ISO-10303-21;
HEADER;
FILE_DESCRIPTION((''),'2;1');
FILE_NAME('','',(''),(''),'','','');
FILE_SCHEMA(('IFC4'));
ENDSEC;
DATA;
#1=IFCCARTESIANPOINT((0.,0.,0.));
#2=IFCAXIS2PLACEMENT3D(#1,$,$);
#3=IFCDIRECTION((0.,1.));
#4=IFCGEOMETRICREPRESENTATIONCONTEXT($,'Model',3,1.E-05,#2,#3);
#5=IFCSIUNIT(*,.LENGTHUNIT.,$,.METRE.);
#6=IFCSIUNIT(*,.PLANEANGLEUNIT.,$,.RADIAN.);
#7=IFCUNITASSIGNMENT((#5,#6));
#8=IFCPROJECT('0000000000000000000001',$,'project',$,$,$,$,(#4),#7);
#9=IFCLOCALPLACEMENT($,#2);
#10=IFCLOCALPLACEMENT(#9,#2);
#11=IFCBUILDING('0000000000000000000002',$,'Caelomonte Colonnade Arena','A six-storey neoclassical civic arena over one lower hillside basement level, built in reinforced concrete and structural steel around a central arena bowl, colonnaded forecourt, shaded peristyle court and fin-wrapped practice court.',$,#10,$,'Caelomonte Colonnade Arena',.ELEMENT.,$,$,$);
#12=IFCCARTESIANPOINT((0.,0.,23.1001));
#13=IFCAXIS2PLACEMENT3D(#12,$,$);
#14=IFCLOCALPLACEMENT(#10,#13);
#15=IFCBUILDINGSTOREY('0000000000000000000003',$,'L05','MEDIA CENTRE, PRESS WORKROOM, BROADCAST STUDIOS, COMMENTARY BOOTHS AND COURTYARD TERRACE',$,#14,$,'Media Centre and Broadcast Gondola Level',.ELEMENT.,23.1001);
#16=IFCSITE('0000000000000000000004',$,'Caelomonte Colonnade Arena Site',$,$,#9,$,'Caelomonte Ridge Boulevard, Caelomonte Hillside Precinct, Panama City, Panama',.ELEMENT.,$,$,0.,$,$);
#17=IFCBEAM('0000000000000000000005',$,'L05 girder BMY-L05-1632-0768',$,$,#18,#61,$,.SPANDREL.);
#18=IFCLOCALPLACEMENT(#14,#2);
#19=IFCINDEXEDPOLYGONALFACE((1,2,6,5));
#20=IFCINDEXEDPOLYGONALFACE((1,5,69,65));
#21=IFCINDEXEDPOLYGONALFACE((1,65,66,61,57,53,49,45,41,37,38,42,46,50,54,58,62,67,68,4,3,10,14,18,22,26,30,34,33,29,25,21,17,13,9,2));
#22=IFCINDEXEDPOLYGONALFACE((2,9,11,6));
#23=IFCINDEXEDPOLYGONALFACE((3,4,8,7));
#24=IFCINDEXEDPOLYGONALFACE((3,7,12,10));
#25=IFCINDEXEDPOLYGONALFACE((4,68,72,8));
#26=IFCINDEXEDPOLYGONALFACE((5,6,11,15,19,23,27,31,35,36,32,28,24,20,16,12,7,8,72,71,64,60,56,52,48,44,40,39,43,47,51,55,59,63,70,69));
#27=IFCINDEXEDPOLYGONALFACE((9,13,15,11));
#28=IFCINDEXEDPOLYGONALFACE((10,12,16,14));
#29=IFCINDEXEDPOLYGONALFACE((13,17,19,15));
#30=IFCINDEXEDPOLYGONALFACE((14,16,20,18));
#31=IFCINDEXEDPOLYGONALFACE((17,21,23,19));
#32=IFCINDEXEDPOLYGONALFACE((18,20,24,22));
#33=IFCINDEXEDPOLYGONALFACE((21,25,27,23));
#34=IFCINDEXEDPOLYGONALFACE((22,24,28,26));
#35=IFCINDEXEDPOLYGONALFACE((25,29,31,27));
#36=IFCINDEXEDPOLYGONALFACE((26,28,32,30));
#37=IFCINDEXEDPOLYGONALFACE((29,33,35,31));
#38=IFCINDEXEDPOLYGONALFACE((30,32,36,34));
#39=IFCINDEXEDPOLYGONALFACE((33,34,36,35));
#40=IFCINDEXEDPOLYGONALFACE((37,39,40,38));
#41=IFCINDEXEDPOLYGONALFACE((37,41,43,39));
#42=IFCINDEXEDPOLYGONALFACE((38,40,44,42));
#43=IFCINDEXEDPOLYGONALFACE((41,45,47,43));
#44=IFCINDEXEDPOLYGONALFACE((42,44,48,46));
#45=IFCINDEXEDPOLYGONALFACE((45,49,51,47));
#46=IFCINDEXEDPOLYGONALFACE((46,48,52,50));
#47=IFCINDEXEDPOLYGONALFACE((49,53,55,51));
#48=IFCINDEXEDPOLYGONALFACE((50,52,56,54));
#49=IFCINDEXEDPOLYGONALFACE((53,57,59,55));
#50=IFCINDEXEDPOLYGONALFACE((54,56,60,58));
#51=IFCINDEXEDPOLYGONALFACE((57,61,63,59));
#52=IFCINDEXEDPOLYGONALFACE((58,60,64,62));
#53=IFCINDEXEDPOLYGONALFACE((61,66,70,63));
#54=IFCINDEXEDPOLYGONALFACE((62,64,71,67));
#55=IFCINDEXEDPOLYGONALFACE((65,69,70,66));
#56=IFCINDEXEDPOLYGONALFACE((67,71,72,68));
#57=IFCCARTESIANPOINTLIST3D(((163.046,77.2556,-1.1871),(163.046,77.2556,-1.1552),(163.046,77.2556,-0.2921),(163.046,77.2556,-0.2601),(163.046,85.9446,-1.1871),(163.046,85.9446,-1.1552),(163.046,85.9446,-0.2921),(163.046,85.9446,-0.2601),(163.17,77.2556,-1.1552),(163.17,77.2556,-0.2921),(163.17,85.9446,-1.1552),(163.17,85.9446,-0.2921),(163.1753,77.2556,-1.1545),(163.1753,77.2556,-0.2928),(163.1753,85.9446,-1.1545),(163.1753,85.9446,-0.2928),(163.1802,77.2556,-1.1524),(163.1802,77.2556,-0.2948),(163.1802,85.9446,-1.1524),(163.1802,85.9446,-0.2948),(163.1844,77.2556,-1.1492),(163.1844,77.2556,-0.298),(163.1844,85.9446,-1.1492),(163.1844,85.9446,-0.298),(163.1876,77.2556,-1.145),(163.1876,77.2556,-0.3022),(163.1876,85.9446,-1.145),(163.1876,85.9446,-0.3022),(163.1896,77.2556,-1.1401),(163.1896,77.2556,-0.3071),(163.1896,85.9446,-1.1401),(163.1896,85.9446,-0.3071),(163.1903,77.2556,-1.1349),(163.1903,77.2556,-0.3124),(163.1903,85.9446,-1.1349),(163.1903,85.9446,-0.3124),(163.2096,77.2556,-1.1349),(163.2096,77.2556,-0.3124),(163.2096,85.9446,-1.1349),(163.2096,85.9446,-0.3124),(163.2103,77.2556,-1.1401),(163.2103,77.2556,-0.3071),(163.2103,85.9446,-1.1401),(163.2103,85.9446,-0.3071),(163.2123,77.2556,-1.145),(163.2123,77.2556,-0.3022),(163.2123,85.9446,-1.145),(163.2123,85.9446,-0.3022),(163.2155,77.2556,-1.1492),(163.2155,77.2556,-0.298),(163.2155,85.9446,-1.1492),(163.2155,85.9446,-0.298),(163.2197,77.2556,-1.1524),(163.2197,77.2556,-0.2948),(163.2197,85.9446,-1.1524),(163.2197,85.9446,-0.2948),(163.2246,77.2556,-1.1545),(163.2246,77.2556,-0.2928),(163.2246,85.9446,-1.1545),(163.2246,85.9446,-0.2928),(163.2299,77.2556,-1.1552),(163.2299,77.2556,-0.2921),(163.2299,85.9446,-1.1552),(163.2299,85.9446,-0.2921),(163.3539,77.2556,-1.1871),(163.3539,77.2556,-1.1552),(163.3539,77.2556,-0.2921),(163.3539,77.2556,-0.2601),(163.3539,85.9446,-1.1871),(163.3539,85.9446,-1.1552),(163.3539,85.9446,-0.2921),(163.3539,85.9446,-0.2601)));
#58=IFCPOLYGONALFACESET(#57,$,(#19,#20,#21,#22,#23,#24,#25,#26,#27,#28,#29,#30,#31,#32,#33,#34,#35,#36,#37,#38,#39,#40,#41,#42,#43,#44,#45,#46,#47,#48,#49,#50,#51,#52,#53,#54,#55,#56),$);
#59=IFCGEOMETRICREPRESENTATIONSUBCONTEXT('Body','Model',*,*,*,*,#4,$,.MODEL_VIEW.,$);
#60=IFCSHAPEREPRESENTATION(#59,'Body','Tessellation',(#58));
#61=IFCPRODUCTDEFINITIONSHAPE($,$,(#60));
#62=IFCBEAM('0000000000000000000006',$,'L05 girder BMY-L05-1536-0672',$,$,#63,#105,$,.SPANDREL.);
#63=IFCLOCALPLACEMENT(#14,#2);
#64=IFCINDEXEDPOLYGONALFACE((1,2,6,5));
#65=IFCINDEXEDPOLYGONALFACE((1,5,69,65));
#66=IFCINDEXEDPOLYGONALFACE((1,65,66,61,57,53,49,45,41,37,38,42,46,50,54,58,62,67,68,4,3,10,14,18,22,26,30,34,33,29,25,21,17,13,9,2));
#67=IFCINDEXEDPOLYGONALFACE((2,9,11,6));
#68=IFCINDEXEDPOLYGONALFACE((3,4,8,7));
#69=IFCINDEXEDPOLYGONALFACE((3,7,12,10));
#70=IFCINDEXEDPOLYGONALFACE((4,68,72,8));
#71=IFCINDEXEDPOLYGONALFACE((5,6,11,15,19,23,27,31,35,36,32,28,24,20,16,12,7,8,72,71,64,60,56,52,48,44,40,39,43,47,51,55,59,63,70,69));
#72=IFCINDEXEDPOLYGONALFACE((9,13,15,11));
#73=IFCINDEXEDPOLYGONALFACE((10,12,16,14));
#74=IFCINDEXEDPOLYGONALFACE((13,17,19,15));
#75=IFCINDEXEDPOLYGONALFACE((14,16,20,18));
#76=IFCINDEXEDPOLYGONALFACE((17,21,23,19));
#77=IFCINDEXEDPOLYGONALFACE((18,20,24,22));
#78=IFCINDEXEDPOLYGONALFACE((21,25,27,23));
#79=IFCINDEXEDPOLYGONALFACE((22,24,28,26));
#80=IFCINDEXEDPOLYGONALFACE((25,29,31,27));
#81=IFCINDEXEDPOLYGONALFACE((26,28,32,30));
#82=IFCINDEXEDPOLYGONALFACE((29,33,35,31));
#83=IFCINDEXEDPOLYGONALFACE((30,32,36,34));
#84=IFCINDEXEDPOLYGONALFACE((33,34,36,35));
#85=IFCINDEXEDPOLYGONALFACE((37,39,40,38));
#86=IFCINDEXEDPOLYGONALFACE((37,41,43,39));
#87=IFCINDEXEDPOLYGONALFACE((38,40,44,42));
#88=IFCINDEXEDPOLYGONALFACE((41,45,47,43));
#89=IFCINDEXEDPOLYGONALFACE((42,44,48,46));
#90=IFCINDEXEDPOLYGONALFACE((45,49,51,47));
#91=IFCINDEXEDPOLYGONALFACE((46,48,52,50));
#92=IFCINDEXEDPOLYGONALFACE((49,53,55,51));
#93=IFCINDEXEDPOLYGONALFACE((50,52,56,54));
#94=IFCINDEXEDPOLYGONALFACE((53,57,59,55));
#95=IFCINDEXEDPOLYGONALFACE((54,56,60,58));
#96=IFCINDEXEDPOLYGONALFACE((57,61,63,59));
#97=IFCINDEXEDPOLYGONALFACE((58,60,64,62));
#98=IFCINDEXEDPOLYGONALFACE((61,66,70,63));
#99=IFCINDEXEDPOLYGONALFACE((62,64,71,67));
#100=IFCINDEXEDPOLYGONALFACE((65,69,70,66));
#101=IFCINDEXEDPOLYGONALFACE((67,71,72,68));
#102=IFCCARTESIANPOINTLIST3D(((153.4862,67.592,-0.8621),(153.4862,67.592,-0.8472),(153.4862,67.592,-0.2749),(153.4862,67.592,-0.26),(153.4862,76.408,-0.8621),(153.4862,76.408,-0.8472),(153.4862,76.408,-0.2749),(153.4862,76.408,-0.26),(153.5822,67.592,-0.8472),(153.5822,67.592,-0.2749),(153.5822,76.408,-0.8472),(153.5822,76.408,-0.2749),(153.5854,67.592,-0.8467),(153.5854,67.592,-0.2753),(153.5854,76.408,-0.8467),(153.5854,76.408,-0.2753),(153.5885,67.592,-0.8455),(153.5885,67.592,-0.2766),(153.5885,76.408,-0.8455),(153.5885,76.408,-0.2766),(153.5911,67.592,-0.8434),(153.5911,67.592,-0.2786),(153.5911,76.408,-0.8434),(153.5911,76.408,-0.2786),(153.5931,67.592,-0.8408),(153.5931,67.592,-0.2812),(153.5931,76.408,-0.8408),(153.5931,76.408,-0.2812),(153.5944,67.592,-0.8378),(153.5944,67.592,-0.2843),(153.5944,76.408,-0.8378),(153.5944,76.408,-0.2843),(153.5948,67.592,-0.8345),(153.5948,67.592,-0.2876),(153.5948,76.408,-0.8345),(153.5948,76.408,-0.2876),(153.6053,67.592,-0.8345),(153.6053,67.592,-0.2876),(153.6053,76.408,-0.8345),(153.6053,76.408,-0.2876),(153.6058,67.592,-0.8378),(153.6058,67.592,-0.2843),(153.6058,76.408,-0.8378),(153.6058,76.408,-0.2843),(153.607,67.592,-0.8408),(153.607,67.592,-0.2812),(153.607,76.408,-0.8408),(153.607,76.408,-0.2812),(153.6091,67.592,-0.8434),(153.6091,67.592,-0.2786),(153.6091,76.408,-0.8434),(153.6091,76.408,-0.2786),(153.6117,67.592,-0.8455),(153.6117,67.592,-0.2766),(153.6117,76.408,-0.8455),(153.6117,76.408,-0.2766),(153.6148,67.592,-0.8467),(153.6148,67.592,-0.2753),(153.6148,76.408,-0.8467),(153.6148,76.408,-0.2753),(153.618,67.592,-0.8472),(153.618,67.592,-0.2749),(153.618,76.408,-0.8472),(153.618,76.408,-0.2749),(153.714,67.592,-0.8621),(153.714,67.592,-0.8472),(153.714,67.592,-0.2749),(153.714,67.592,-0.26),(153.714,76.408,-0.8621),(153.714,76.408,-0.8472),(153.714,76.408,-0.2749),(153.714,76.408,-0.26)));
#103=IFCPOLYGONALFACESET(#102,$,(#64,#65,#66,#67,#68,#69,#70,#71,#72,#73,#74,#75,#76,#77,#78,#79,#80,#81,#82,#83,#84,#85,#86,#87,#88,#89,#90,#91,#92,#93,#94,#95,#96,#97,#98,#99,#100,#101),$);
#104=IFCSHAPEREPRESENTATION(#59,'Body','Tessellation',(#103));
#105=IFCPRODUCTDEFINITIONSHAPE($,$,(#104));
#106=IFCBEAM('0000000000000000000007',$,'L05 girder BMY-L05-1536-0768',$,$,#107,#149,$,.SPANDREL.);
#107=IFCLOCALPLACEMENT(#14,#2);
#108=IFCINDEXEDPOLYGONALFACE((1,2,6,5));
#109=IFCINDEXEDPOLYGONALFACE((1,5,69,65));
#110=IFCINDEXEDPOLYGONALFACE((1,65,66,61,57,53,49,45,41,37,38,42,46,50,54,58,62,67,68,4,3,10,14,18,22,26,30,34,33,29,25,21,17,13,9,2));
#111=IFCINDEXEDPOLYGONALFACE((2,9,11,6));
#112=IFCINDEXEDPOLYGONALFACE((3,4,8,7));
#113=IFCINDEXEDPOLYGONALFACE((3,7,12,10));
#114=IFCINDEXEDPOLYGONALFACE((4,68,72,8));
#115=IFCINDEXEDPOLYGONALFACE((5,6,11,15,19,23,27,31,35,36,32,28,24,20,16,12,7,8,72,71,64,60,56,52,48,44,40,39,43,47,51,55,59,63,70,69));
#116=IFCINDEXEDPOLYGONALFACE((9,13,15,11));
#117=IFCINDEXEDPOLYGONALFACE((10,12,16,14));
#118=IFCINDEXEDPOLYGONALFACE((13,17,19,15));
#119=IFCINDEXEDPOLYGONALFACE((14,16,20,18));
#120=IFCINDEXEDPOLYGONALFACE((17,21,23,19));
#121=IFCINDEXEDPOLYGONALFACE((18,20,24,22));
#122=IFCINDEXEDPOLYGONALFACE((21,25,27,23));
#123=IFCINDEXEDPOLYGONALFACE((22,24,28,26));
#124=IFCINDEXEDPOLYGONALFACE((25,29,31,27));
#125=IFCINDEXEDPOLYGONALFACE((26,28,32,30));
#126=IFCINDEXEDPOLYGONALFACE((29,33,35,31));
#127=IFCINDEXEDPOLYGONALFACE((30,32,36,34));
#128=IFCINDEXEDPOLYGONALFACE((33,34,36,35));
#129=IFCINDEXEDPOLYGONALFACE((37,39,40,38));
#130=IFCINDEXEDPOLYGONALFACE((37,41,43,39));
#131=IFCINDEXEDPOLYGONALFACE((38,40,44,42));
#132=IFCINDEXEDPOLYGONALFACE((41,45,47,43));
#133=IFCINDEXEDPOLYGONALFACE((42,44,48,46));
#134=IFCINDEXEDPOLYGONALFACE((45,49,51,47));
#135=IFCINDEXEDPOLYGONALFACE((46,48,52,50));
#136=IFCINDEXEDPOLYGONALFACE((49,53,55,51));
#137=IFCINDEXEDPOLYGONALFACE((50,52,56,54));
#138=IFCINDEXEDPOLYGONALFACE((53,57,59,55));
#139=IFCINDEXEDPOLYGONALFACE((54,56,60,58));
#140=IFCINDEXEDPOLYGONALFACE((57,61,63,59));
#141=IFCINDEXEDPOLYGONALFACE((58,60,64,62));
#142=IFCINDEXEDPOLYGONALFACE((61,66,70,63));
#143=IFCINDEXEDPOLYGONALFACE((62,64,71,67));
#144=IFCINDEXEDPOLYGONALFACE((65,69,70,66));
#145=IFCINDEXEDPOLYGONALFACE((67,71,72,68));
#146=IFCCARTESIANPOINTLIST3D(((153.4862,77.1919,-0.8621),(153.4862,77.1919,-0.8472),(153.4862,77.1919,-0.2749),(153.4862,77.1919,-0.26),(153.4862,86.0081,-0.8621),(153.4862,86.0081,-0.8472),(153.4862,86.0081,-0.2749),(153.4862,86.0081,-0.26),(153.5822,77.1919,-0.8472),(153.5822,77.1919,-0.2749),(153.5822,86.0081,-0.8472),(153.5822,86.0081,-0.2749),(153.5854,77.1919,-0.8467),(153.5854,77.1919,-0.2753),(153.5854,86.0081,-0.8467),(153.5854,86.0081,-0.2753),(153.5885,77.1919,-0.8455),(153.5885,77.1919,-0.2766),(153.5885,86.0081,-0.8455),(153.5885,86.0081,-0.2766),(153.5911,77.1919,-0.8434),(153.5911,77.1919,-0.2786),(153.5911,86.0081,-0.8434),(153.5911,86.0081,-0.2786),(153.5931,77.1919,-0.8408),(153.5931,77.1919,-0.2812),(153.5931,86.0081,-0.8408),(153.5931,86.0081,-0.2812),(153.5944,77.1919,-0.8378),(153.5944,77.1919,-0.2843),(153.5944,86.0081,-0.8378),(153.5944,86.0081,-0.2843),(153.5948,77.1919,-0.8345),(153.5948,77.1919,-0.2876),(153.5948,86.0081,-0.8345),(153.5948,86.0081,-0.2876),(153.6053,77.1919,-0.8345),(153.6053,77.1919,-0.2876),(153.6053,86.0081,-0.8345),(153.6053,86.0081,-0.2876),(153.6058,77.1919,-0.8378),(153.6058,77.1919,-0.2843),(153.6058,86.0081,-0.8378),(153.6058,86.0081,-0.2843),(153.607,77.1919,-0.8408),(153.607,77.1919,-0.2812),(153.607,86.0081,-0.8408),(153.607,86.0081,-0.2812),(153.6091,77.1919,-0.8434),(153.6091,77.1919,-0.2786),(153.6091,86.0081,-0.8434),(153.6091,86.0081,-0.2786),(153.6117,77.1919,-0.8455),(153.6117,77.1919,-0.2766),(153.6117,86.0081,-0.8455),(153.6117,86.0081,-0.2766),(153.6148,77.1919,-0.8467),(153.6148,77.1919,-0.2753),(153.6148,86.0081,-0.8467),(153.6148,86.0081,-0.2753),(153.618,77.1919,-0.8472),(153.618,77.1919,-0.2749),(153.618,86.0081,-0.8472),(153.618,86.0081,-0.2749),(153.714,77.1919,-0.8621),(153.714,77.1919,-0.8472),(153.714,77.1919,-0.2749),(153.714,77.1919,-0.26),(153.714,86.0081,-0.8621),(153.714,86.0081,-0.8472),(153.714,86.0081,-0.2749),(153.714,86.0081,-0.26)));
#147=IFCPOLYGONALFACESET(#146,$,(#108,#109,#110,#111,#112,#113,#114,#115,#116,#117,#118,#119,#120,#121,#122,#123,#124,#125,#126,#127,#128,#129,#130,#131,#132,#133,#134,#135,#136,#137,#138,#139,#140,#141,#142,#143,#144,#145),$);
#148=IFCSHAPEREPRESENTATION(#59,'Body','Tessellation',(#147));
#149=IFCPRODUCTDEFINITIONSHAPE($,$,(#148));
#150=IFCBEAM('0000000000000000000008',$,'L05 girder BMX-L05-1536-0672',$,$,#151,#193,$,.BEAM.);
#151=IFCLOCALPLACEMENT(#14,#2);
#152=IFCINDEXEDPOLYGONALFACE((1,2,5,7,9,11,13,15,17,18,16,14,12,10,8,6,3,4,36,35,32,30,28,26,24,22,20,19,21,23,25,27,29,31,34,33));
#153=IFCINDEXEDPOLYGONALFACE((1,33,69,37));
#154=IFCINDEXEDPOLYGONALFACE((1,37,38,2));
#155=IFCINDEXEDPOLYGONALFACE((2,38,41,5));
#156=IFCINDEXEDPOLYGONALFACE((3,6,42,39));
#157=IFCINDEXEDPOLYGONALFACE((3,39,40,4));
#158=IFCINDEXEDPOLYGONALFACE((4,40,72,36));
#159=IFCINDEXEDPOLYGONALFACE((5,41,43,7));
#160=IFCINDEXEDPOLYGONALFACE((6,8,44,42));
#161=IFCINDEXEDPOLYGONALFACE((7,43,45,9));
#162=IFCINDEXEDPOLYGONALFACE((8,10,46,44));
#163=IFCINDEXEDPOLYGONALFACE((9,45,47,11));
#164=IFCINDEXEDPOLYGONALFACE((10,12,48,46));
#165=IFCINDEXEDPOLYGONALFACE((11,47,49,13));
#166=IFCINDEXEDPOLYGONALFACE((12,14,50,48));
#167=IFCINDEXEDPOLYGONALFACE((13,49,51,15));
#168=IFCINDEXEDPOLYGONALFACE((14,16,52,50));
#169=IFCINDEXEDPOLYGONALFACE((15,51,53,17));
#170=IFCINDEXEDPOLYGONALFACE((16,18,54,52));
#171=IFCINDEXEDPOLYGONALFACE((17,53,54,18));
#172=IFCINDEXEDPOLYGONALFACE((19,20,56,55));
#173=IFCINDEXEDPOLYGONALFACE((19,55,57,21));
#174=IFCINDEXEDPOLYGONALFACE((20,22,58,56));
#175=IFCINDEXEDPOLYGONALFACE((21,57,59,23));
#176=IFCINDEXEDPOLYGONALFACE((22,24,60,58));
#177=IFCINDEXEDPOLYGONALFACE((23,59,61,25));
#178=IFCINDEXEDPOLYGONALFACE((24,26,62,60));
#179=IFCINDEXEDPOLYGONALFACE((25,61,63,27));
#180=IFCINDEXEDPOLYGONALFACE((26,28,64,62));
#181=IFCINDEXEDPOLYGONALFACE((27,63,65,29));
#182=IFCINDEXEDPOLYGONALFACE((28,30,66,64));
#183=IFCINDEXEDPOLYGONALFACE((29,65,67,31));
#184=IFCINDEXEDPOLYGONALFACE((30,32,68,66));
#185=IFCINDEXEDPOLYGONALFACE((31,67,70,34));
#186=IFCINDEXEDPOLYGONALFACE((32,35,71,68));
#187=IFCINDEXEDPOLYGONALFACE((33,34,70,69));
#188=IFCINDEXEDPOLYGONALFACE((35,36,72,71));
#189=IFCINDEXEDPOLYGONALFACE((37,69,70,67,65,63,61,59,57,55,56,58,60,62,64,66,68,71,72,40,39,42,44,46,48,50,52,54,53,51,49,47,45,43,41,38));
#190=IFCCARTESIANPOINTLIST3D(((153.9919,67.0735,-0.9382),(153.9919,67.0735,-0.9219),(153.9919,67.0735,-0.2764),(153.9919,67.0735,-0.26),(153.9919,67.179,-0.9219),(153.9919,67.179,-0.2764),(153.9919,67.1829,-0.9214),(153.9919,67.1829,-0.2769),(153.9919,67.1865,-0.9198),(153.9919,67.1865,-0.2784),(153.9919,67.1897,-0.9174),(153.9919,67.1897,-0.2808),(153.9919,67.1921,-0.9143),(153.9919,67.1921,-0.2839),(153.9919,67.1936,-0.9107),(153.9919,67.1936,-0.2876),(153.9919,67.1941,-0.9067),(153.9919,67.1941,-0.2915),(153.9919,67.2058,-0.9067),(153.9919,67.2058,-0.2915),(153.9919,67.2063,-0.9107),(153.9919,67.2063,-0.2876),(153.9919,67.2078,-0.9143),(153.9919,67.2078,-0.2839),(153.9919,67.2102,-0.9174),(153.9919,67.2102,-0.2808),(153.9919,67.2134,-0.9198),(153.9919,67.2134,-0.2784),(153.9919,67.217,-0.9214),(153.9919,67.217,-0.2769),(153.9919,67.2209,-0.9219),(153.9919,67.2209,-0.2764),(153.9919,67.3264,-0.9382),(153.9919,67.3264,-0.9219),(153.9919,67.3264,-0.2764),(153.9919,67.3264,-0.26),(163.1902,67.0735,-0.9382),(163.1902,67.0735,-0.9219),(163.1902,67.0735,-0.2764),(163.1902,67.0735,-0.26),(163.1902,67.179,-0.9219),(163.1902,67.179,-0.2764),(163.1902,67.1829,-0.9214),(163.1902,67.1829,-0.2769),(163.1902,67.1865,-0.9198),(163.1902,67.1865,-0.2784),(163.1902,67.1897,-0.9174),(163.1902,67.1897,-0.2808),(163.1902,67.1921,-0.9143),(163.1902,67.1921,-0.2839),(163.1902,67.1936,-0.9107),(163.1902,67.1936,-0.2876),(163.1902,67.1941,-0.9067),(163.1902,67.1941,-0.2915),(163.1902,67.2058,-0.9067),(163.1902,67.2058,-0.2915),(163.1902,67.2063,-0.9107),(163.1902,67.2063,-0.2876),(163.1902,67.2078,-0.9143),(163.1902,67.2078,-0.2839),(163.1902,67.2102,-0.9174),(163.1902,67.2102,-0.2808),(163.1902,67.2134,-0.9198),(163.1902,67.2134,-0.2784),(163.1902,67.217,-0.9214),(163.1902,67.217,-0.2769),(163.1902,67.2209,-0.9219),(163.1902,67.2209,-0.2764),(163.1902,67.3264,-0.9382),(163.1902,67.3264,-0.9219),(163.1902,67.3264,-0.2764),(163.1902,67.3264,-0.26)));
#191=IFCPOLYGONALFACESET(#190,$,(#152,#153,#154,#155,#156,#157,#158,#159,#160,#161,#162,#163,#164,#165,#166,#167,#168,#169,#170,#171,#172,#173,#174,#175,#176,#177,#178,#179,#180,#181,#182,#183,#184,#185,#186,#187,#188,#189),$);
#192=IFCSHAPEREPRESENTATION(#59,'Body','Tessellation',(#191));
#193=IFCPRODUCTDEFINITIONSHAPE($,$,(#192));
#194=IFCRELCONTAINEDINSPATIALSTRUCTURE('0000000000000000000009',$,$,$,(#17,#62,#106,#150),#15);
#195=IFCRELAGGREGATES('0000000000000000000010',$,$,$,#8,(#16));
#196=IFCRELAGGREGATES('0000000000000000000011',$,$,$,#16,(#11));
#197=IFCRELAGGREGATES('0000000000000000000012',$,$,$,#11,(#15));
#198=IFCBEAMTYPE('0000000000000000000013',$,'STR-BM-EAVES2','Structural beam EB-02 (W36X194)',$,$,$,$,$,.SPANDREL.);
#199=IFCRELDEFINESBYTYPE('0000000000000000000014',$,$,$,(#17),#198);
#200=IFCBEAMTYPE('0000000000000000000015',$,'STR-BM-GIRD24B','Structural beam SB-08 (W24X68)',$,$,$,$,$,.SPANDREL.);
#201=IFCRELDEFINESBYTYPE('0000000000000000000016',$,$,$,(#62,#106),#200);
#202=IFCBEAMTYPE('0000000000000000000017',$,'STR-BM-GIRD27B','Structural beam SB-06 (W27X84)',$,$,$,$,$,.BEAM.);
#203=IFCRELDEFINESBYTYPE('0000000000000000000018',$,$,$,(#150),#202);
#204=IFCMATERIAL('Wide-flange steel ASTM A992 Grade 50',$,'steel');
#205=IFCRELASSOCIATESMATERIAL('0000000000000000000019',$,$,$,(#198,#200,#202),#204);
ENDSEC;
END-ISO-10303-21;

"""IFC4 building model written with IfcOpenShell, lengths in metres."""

from ifc_helpers import new_model, si_unit, direction, frame, origin, origin_2d, place, context, subcontext, project, spatial, i_section, extrude, material, material_profile, profile_set, type_object, element, save


model = new_model("IFC4")

# Units and contexts
model_context = context("Model", 3, precision=1e-05, world=origin(), true_north=direction((0.0, 1.0)))
body_context = subcontext(model_context, "Body", "Model", "MODEL_VIEW")
ifc_project = project(units=[si_unit("LENGTHUNIT", "METRE"), si_unit("PLANEANGLEUNIT", "RADIAN")], contexts=[model_context])

# Site, building, storey
site_placement = place(None, origin())
site = spatial("IfcSite", under=ifc_project, at=site_placement, Name="Caelomonte Colonnade Arena Site", LongName="Caelomonte Ridge Boulevard, Caelomonte Hillside Precinct, Panama City, Panama", CompositionType="ELEMENT", RefElevation=0.0)
building_placement = place(site_placement, origin())
building = spatial("IfcBuilding", under=site, at=building_placement, Name="Caelomonte Colonnade Arena", Description="A six-storey neoclassical civic arena over one lower hillside basement level, built in reinforced concrete and structural steel around a central arena bowl, colonnaded forecourt, shaded peristyle court and fin-wrapped practice court.", LongName="Caelomonte Colonnade Arena", CompositionType="ELEMENT")
storey_placement = place(building_placement, frame((0.0, 0.0, 23.1001)))
storey = spatial("IfcBuildingStorey", under=building, at=storey_placement, Name="L05", Description="MEDIA CENTRE, PRESS WORKROOM, BROADCAST STUDIOS, COMMENTARY BOOTHS AND COURTYARD TERRACE", LongName="Media Centre and Broadcast Gondola Level", CompositionType="ELEMENT", Elevation=23.1001)

# Shared definitions
ifc_material_1 = material(Name="Wide-flange steel ASTM A992 Grade 50", Category="steel")

# Beams
ifc_material_profile_1 = material_profile(ifc_material_1, i_section(OverallWidth=0.3079, OverallDepth=0.927, WebThickness=0.0193, FlangeThickness=0.032, FilletRadius=0.0203, at=origin_2d()), Name="W36X194")
ifc_profile_set_1 = profile_set([ifc_material_profile_1], Name="Wide-flange steel ASTM A992 Grade 50")
beam_type_1 = type_object("IfcBeamType", Name="STR-BM-EAVES2", Description="Structural beam EB-02 (W36X194)", PredefinedType="SPANDREL", material=ifc_profile_set_1)
for number, where, z_axis, x_axis, name in (
    (1, (163.2, 77.2556, -0.7236), (0.0, 1.0, 0.0), (-1.0, 0.0, 0.0), "L05 girder BMY-L05-1632-0768"),
):
    element("IfcBeam", number, at=place(storey_placement, frame(where, z_axis=z_axis, x_axis=x_axis)), inside=storey, type_object=beam_type_1, Name=name, PredefinedType="SPANDREL", context=body_context, shape_type="SweptSolid", body=[
        extrude(i_section(OverallWidth=0.3079, OverallDepth=0.927, WebThickness=0.0193, FlangeThickness=0.032, FilletRadius=0.0203, at=origin_2d()), origin(), (0.0, 0.0, 1.0), 8.689),
    ])
ifc_material_profile_2 = material_profile(ifc_material_1, i_section(OverallWidth=0.2278, OverallDepth=0.6021, WebThickness=0.0105, FlangeThickness=0.0149, FilletRadius=0.0127, at=origin_2d()), Name="W24X68")
ifc_profile_set_2 = profile_set([ifc_material_profile_2], Name="Wide-flange steel ASTM A992 Grade 50")
beam_type_2 = type_object("IfcBeamType", Name="STR-BM-GIRD24B", Description="Structural beam SB-08 (W24X68)", PredefinedType="SPANDREL", material=ifc_profile_set_2)
beam_1_placement = place(storey_placement, frame((153.6001, 67.592, -0.561), z_axis=(0.0, 1.0, 0.0), x_axis=(-1.0, 0.0, 0.0)))
element("IfcBeam", 2, at=beam_1_placement, inside=storey, type_object=beam_type_2, Name="L05 girder BMY-L05-1536-0672", PredefinedType="SPANDREL", context=body_context, shape_type="SweptSolid", body=[
    extrude(i_section(OverallWidth=0.2278, OverallDepth=0.6021, WebThickness=0.0105, FlangeThickness=0.0149, FilletRadius=0.0127, at=origin_2d()), origin(), (0.0, 0.0, 1.0), 8.8159),
])
beam_2_placement = place(storey_placement, frame((153.6001, 77.1919, -0.561), z_axis=(0.0, 1.0, 0.0), x_axis=(-1.0, 0.0, 0.0)))
element("IfcBeam", 3, at=beam_2_placement, inside=storey, type_object=beam_type_2, Name="L05 girder BMY-L05-1536-0768", PredefinedType="SPANDREL", context=body_context, shape_type="SweptSolid", body=[
    extrude(i_section(OverallWidth=0.2278, OverallDepth=0.6021, WebThickness=0.0105, FlangeThickness=0.0149, FilletRadius=0.0127, at=origin_2d()), origin(), (0.0, 0.0, 1.0), 8.8162),
])
ifc_material_profile_3 = material_profile(ifc_material_1, i_section(OverallWidth=0.2529, OverallDepth=0.6782, WebThickness=0.0117, FlangeThickness=0.0164, FilletRadius=0.0151, at=origin_2d()), Name="W27X84")
ifc_profile_set_3 = profile_set([ifc_material_profile_3], Name="Wide-flange steel ASTM A992 Grade 50")
beam_type_3 = type_object("IfcBeamType", Name="STR-BM-GIRD27B", Description="Structural beam SB-06 (W27X84)", PredefinedType="BEAM", material=ifc_profile_set_3)
beam_3_placement = place(storey_placement, frame((153.9919, 67.2, -0.5991), z_axis=(1.0, 0.0, 0.0), x_axis=(0.0, 1.0, 0.0)))
element("IfcBeam", 4, at=beam_3_placement, inside=storey, type_object=beam_type_3, Name="L05 girder BMX-L05-1536-0672", PredefinedType="BEAM", context=body_context, shape_type="SweptSolid", body=[
    extrude(i_section(OverallWidth=0.2529, OverallDepth=0.6782, WebThickness=0.0117, FlangeThickness=0.0164, FilletRadius=0.0151, at=origin_2d()), origin(), (0.0, 0.0, 1.0), 9.1982),
])

save(model, "model.ifc")
